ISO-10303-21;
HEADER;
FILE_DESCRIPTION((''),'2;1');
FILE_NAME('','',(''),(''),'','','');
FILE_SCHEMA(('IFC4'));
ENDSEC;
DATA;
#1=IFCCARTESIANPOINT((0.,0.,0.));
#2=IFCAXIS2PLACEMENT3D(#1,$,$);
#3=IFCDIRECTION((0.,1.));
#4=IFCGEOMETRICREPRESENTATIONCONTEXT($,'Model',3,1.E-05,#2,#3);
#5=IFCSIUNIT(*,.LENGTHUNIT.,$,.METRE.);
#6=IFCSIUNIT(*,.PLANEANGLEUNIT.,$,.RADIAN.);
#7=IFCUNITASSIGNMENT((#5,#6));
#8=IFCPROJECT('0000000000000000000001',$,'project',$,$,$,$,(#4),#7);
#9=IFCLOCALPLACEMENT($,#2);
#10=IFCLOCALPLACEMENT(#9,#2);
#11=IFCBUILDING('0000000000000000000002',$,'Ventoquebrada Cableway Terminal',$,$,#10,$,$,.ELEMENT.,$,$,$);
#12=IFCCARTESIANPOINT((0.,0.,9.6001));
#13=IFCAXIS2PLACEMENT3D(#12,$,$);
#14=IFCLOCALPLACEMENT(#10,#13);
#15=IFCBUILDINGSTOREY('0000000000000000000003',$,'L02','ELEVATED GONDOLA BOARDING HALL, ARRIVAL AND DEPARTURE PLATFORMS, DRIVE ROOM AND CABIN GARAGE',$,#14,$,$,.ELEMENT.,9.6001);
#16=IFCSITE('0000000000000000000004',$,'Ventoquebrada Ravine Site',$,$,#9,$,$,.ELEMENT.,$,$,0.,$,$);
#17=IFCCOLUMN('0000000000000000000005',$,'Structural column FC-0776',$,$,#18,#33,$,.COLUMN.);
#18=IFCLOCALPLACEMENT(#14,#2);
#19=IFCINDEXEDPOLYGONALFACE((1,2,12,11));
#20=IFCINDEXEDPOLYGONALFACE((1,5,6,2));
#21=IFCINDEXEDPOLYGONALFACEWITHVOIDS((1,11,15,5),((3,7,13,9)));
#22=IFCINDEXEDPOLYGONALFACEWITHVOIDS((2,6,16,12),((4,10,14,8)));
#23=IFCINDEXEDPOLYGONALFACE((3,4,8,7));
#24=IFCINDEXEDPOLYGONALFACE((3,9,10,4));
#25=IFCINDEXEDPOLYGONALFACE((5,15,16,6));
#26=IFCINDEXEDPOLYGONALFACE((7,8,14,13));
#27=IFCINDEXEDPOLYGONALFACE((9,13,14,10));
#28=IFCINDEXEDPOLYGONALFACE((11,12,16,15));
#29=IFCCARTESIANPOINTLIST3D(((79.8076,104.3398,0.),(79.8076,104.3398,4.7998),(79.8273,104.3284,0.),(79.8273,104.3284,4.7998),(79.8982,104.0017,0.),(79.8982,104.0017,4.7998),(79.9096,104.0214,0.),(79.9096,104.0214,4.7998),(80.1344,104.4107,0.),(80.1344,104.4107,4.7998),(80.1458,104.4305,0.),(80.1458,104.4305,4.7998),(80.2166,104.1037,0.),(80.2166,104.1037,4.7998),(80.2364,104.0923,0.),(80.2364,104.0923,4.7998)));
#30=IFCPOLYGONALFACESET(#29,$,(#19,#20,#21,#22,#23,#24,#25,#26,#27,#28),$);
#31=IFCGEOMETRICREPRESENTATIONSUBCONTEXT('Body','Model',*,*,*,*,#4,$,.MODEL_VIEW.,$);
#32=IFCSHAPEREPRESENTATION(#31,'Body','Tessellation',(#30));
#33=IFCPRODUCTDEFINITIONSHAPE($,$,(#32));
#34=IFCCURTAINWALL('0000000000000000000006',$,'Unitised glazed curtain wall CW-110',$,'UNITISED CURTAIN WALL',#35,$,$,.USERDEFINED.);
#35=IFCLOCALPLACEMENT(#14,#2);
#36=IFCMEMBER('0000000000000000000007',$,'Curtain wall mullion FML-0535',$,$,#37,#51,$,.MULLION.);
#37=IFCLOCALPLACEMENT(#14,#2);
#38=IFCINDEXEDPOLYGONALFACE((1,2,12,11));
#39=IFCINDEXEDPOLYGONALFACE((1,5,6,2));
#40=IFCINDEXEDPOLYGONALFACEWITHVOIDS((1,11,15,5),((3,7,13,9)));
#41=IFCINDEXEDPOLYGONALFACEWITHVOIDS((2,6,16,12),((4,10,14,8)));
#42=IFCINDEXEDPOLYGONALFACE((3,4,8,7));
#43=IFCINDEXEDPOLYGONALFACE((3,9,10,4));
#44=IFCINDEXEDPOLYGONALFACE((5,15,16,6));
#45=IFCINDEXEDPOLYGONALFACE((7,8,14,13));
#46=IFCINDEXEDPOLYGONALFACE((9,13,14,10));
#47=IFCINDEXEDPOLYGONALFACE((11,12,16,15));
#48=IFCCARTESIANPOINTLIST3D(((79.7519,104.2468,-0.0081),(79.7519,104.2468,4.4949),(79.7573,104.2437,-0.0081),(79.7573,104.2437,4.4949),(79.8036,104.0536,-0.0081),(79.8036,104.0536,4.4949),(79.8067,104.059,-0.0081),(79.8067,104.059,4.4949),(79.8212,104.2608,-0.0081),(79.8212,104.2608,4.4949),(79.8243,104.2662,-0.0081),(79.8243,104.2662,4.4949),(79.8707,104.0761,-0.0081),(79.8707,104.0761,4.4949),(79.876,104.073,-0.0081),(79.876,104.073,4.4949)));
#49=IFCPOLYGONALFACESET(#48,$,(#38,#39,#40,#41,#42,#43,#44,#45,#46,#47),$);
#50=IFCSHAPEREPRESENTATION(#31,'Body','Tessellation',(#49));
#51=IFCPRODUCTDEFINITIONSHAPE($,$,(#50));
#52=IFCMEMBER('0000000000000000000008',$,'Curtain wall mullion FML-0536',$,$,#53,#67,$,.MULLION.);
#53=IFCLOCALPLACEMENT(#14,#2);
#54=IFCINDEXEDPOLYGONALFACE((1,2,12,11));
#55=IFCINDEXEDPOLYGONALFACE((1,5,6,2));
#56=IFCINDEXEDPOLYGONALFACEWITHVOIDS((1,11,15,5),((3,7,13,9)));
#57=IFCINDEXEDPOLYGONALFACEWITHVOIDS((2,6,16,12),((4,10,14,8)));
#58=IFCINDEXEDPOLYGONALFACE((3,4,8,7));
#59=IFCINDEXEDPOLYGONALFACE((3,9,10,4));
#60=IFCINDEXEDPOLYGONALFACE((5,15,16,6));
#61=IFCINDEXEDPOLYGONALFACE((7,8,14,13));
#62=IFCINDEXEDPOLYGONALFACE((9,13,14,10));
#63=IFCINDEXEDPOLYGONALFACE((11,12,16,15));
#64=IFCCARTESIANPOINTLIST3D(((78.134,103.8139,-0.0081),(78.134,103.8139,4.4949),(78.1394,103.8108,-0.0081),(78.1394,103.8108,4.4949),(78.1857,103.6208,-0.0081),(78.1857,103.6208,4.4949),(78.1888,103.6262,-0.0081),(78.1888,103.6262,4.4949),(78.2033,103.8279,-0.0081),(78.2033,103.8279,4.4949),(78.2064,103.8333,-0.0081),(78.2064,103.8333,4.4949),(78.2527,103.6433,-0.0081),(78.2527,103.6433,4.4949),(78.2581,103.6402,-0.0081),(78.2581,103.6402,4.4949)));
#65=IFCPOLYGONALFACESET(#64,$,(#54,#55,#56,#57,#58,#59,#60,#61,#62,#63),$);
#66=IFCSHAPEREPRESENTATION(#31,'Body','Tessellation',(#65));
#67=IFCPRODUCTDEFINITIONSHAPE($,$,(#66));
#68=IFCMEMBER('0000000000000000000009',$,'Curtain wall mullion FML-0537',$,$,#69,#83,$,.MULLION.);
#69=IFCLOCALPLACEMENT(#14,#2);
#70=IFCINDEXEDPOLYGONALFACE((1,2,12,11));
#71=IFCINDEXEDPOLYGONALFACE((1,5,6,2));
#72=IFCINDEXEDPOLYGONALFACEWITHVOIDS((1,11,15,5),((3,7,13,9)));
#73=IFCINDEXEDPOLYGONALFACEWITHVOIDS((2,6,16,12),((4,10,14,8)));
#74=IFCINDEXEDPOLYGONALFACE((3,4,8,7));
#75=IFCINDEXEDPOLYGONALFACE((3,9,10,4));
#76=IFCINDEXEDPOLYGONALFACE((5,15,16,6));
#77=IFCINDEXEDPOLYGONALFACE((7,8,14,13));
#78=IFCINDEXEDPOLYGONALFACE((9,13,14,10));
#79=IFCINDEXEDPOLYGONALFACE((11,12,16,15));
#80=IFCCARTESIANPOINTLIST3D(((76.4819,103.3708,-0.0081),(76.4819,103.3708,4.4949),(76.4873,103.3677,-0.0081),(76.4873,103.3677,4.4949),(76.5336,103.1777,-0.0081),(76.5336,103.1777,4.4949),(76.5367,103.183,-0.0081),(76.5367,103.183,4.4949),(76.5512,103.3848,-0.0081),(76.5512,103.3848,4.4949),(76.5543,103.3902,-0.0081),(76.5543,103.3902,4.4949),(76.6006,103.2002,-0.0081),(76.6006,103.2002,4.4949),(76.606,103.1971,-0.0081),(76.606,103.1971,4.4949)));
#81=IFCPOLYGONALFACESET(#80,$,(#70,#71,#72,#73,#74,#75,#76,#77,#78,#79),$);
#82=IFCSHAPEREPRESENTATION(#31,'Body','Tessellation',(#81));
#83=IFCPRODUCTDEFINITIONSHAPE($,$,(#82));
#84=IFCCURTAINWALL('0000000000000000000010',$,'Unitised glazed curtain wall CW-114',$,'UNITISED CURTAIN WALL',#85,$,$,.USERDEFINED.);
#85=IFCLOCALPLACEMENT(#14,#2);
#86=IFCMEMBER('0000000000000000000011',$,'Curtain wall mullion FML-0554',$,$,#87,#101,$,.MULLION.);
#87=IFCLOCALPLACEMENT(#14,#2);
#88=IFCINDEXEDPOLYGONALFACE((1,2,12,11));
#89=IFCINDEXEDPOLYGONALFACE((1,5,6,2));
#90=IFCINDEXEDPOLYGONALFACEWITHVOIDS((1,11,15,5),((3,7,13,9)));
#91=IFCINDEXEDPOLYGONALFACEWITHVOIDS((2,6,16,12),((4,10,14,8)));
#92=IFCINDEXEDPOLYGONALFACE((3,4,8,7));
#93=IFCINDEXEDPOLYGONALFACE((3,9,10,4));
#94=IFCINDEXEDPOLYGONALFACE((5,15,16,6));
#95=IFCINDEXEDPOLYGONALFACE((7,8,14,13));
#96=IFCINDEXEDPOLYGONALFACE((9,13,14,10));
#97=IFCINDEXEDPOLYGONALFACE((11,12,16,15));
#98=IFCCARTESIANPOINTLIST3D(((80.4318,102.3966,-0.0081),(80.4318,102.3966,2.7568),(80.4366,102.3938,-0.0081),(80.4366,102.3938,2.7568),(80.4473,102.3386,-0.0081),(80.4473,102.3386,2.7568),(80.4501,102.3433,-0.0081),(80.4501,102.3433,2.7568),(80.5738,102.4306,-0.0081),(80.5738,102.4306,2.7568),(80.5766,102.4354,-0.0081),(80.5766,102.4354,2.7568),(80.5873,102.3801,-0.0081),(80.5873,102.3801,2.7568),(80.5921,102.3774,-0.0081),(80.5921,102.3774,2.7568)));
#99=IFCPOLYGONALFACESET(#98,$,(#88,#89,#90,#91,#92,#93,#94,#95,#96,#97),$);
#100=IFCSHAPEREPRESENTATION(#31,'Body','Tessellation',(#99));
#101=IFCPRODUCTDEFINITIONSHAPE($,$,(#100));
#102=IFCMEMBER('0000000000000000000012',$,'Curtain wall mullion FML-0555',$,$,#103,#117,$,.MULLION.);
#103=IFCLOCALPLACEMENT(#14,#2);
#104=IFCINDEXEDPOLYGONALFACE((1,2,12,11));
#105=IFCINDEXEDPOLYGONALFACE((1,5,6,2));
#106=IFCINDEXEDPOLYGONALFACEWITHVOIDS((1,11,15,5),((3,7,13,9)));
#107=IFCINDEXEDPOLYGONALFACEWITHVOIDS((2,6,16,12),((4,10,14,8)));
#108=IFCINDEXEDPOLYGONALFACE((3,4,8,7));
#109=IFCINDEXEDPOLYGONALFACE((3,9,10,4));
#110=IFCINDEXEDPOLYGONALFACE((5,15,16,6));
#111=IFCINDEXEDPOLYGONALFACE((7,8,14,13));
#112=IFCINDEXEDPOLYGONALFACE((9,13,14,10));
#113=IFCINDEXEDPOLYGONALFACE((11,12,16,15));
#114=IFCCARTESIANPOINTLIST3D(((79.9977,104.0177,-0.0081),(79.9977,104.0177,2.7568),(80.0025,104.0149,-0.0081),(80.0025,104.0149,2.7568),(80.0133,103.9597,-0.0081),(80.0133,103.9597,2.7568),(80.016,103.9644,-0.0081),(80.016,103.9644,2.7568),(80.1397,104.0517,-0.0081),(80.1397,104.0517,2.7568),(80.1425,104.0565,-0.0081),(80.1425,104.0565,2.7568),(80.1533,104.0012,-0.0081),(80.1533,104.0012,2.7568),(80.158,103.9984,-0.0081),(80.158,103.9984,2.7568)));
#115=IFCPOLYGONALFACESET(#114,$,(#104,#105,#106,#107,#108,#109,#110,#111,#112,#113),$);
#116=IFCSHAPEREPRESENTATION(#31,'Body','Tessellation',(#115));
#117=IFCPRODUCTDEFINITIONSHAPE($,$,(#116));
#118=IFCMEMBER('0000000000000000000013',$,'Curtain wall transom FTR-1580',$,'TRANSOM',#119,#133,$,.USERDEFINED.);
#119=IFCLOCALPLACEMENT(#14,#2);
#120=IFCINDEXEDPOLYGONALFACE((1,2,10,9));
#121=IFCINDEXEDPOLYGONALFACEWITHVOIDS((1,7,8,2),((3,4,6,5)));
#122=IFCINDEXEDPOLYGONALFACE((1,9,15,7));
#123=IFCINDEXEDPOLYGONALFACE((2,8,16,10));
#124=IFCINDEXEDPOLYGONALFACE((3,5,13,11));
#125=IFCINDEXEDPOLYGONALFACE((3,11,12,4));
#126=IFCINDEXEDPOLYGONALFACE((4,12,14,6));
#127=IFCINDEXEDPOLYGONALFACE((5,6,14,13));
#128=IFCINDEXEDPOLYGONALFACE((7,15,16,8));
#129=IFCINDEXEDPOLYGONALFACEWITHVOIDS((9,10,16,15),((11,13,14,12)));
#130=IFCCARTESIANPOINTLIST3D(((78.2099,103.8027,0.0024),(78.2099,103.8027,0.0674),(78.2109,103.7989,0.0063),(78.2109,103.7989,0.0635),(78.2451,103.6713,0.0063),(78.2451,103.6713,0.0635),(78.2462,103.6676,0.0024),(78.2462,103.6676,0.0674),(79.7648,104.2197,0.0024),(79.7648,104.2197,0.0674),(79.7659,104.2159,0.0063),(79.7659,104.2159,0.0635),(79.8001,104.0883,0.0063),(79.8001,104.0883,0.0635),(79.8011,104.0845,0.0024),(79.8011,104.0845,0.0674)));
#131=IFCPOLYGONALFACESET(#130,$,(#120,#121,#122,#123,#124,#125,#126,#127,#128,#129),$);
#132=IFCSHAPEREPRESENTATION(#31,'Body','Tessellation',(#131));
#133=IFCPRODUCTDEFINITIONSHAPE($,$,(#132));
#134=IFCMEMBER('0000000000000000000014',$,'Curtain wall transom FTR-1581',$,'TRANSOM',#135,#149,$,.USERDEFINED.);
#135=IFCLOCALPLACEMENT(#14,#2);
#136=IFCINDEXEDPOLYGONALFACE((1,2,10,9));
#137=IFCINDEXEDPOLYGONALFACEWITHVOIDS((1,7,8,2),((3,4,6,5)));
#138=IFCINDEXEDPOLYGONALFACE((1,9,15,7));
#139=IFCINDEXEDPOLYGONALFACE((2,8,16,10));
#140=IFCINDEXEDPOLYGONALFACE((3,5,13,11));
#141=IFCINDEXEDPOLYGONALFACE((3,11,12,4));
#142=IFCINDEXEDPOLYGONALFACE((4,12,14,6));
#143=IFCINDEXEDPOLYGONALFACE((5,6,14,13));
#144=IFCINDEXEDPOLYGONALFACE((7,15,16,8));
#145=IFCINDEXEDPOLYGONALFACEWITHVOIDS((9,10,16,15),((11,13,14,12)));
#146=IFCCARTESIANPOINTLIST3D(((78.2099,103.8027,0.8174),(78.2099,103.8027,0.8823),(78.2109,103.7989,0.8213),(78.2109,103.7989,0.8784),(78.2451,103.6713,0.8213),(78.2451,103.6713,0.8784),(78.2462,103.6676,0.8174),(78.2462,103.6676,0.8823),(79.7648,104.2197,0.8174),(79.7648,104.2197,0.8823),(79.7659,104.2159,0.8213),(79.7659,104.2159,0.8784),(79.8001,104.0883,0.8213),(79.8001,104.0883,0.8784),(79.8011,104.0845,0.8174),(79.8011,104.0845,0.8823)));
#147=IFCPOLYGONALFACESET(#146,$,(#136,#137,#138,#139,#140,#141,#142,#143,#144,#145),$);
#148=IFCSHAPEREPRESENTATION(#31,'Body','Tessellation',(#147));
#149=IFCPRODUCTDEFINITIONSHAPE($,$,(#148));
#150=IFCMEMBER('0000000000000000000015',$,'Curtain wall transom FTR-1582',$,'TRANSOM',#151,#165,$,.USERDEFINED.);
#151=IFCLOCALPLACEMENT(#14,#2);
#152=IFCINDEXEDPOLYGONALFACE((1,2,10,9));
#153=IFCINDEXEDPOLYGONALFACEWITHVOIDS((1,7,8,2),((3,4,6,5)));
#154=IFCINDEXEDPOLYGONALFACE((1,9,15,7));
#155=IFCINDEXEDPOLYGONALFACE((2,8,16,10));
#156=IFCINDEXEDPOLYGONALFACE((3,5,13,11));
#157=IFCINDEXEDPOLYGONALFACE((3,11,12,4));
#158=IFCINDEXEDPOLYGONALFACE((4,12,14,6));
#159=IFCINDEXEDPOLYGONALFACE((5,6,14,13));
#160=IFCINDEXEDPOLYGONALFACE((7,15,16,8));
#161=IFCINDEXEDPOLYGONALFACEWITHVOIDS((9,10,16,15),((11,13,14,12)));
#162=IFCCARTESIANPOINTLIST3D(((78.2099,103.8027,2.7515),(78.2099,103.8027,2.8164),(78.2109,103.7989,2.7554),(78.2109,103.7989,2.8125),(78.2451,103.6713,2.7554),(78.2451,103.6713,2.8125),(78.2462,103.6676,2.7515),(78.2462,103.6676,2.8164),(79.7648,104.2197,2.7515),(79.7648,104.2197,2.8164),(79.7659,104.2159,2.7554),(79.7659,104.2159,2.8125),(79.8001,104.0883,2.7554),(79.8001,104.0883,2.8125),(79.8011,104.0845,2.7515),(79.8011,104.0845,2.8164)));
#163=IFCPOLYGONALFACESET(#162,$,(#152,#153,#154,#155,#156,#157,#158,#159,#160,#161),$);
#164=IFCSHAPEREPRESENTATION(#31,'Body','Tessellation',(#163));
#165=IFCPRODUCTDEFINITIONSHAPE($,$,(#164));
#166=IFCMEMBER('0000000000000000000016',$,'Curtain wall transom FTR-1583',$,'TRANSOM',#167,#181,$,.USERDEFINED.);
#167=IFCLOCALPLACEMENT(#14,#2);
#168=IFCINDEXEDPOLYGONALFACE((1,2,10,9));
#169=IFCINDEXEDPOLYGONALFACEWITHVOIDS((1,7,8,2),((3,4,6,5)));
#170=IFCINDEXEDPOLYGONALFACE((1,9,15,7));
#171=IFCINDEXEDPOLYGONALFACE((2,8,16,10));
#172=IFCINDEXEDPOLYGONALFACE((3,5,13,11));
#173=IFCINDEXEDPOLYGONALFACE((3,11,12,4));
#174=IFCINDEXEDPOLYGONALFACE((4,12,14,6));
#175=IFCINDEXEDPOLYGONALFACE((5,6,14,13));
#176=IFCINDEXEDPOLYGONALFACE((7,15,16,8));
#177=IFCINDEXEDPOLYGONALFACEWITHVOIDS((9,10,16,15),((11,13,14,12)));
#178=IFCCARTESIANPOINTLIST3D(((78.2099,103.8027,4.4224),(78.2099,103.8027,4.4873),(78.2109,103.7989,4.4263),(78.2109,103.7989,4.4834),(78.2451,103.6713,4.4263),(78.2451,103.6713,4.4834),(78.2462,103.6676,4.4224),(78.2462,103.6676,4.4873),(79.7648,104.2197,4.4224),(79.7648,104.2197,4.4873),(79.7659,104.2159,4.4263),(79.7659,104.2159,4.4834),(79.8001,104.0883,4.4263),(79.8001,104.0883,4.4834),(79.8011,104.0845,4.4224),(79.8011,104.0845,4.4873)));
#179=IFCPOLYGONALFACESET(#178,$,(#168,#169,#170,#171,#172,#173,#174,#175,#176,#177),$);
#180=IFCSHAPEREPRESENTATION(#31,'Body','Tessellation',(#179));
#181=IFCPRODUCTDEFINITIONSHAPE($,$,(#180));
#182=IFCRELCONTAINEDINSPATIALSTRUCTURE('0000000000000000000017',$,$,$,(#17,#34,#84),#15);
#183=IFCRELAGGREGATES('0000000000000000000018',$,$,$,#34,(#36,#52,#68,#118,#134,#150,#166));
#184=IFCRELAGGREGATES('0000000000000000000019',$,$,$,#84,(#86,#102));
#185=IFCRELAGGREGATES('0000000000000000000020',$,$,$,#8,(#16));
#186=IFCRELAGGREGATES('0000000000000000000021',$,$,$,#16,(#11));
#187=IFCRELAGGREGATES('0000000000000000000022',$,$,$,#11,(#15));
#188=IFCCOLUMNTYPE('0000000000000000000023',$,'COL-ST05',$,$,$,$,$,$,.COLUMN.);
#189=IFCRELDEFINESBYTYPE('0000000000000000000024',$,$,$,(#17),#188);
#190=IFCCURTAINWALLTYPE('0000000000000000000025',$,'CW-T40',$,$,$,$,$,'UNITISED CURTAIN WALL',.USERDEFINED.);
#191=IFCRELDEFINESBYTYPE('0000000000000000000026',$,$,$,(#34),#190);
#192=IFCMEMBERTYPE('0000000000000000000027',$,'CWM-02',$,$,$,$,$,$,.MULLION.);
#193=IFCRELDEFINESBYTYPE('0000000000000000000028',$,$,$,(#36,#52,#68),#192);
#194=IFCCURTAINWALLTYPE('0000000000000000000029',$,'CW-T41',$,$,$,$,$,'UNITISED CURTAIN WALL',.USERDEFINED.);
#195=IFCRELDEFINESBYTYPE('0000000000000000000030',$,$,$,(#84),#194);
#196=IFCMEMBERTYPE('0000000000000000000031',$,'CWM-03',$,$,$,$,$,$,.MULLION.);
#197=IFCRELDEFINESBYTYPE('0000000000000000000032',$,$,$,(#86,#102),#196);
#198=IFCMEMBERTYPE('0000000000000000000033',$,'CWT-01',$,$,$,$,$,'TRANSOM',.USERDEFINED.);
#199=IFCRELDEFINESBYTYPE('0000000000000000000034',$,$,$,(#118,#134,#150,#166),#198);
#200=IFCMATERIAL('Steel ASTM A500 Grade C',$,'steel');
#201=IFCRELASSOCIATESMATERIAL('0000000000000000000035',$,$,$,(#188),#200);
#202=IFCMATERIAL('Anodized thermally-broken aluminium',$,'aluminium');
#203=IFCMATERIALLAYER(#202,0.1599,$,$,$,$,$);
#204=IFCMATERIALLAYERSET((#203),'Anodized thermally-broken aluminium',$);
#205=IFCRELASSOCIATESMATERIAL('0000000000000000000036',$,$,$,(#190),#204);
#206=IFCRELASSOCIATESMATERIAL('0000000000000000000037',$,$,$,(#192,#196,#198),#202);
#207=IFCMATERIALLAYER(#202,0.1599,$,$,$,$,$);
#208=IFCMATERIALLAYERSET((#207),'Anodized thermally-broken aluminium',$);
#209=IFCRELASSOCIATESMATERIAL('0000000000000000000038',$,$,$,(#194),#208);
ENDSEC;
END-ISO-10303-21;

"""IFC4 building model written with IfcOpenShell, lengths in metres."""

from ifc_helpers import new_model, si_unit, direction, frame, origin, origin_2d, place, context, subcontext, project, spatial, hollow_rectangle, extrude, material, layer, layer_set, material_profile, profile_set, type_object, element, aggregate, save


model = new_model("IFC4")

# Units and contexts
model_context = context("Model", 3, precision=1e-05, world=origin(), true_north=direction((0.0, 1.0)))
body_context = subcontext(model_context, "Body", "Model", "MODEL_VIEW")
ifc_project = project(units=[si_unit("LENGTHUNIT", "METRE"), si_unit("PLANEANGLEUNIT", "RADIAN")], contexts=[model_context])

# Site, building, storey
site_placement = place(None, origin())
site = spatial("IfcSite", under=ifc_project, at=site_placement, Name="Ventoquebrada Ravine Site", CompositionType="ELEMENT", RefElevation=0.0)
building_placement = place(site_placement, origin())
building = spatial("IfcBuilding", under=site, at=building_placement, Name="Ventoquebrada Cableway Terminal", CompositionType="ELEMENT")
storey_placement = place(building_placement, frame((0.0, 0.0, 9.6001)))
storey = spatial("IfcBuildingStorey", under=building, at=storey_placement, Name="L02", Description="ELEVATED GONDOLA BOARDING HALL, ARRIVAL AND DEPARTURE PLATFORMS, DRIVE ROOM AND CABIN GARAGE", CompositionType="ELEMENT", Elevation=9.6001)

# Column
ifc_material_1 = material(Name="Steel ASTM A500 Grade C", Category="steel")
ifc_material_profile_1 = material_profile(ifc_material_1, hollow_rectangle(XDim=0.3501, YDim=0.3501, WallThickness=0.0161, at=origin_2d()), Name="HSS350X350X16")
ifc_profile_set_1 = profile_set([ifc_material_profile_1], Name="Steel ASTM A500 Grade C")
column_type = type_object("IfcColumnType", Name="COL-ST05", PredefinedType="COLUMN", material=ifc_profile_set_1)
column_placement = place(storey_placement, frame((80.022, 104.2161, 0.0), z_axis=(0.0, 0.0, 1.0), x_axis=(0.965926, 0.258819, 0.0)))
element("IfcColumn", 1, at=column_placement, inside=storey, type_object=column_type, Name="Structural column FC-0776", PredefinedType="COLUMN", context=body_context, shape_type="SweptSolid", body=[
    extrude(hollow_rectangle(XDim=0.3501, YDim=0.3501, WallThickness=0.0161, at=origin_2d()), origin(), (0.0, 0.0, 1.0), 4.7998),
])

# Curtain walls, members
ifc_material_2 = material(Name="Anodized thermally-broken aluminium", Category="aluminium")
ifc_layer_1 = layer(ifc_material_2, 0.1599)
ifc_layer_set_1 = layer_set([ifc_layer_1], Name="Anodized thermally-broken aluminium")
curtain_wall_type_1 = type_object("IfcCurtainWallType", Name="CW-T40", ElementType="UNITISED CURTAIN WALL", PredefinedType="USERDEFINED", material=ifc_layer_set_1)
curtain_wall_1_placement = place(storey_placement, origin())
curtain_wall_1 = element("IfcCurtainWall", 2, at=curtain_wall_1_placement, inside=storey, type_object=curtain_wall_type_1, Name="Unitised glazed curtain wall CW-110", ObjectType="UNITISED CURTAIN WALL", PredefinedType="USERDEFINED")
ifc_material_profile_2 = material_profile(ifc_material_2, hollow_rectangle(XDim=0.075, YDim=0.2, WallThickness=0.0044, at=origin_2d()), Name="CW-MUL-75X200")
ifc_profile_set_2 = profile_set([ifc_material_profile_2], Name="Anodized thermally-broken aluminium")
member_type_1 = type_object("IfcMemberType", Name="CWM-02", PredefinedType="MULLION", material=ifc_profile_set_2)
member_1_placement = place(storey_placement, frame((79.814, 104.1599, -0.0081), z_axis=(0.0, 0.0, 1.0), x_axis=(-0.965939, -0.258768, 0.0)))
member_1 = element("IfcMember", 3, at=member_1_placement, type_object=member_type_1, Name="Curtain wall mullion FML-0535", PredefinedType="MULLION", context=body_context, shape_type="SweptSolid", body=[
    extrude(hollow_rectangle(XDim=0.075, YDim=0.2, WallThickness=0.0044, at=origin_2d()), origin(), (0.0, 0.0, 1.0), 4.5029),
])
member_2_placement = place(storey_placement, frame((78.196, 103.7271, -0.0081), z_axis=(0.0, 0.0, 1.0), x_axis=(-0.965939, -0.258768, 0.0)))
member_2 = element("IfcMember", 4, at=member_2_placement, type_object=member_type_1, Name="Curtain wall mullion FML-0536", PredefinedType="MULLION", context=body_context, shape_type="SweptSolid", body=[
    extrude(hollow_rectangle(XDim=0.075, YDim=0.2, WallThickness=0.0044, at=origin_2d()), origin(), (0.0, 0.0, 1.0), 4.5029),
])
member_3_placement = place(storey_placement, frame((76.5439, 103.2839, -0.0081), z_axis=(0.0, 0.0, 1.0), x_axis=(-0.965939, -0.258768, 0.0)))
member_3 = element("IfcMember", 5, at=member_3_placement, type_object=member_type_1, Name="Curtain wall mullion FML-0537", PredefinedType="MULLION", context=body_context, shape_type="SweptSolid", body=[
    extrude(hollow_rectangle(XDim=0.075, YDim=0.2, WallThickness=0.0044, at=origin_2d()), origin(), (0.0, 0.0, 1.0), 4.5029),
])
ifc_layer_2 = layer(ifc_material_2, 0.1599)
ifc_layer_set_2 = layer_set([ifc_layer_2], Name="Anodized thermally-broken aluminium")
curtain_wall_type_2 = type_object("IfcCurtainWallType", Name="CW-T41", ElementType="UNITISED CURTAIN WALL", PredefinedType="USERDEFINED", material=ifc_layer_set_2)
curtain_wall_2_placement = place(storey_placement, origin())
curtain_wall_2 = element("IfcCurtainWall", 6, at=curtain_wall_2_placement, inside=storey, type_object=curtain_wall_type_2, Name="Unitised glazed curtain wall CW-114", ObjectType="UNITISED CURTAIN WALL", PredefinedType="USERDEFINED")
ifc_material_profile_3 = material_profile(ifc_material_2, hollow_rectangle(XDim=0.0601, YDim=0.1499, WallThickness=0.0039, at=origin_2d()), Name="CW-MUL-60X150")
ifc_profile_set_3 = profile_set([ifc_material_profile_3], Name="Anodized thermally-broken aluminium")
member_type_2 = type_object("IfcMemberType", Name="CWM-03", PredefinedType="MULLION", material=ifc_profile_set_3)
member_4_placement = place(storey_placement, frame((80.512, 102.387, -0.0081), z_axis=(0.0, 0.0, 1.0), x_axis=(-0.258752, 0.965944, 0.0)))
member_4 = element("IfcMember", 7, at=member_4_placement, type_object=member_type_2, Name="Curtain wall mullion FML-0554", PredefinedType="MULLION", context=body_context, shape_type="SweptSolid", body=[
    extrude(hollow_rectangle(XDim=0.0601, YDim=0.1499, WallThickness=0.0039, at=origin_2d()), origin(), (0.0, 0.0, 1.0), 2.7649),
])
member_5_placement = place(storey_placement, frame((80.0779, 104.0081, -0.0081), z_axis=(0.0, 0.0, 1.0), x_axis=(-0.258752, 0.965944, 0.0)))
member_5 = element("IfcMember", 8, at=member_5_placement, type_object=member_type_2, Name="Curtain wall mullion FML-0555", PredefinedType="MULLION", context=body_context, shape_type="SweptSolid", body=[
    extrude(hollow_rectangle(XDim=0.0601, YDim=0.1499, WallThickness=0.0039, at=origin_2d()), origin(), (0.0, 0.0, 1.0), 2.7649),
])

# Members
ifc_material_profile_4 = material_profile(ifc_material_2, hollow_rectangle(XDim=0.0649, YDim=0.1399, WallThickness=0.0039, at=origin_2d()), Name="CW-TRN-65X140")
ifc_profile_set_4 = profile_set([ifc_material_profile_4], Name="Anodized thermally-broken aluminium")
member_type_3 = type_object("IfcMemberType", Name="CWT-01", ElementType="TRANSOM", PredefinedType="USERDEFINED", material=ifc_profile_set_4)
member_6_placement = place(storey_placement, frame((79.783, 104.1521, 0.0349), z_axis=(-0.965872, -0.259022, 0.0), x_axis=(0.0, 0.0, 1.0)))
member_6 = element("IfcMember", 9, at=member_6_placement, type_object=member_type_3, Name="Curtain wall transom FTR-1580", ObjectType="TRANSOM", PredefinedType="USERDEFINED", context=body_context, shape_type="SweptSolid", body=[
    extrude(hollow_rectangle(XDim=0.0649, YDim=0.1399, WallThickness=0.0039, at=origin_2d()), origin(), (0.0, 0.0, 1.0), 1.6099),
])
member_7_placement = place(storey_placement, frame((79.783, 104.1521, 0.8499), z_axis=(-0.965872, -0.259022, 0.0), x_axis=(0.0, 0.0, 1.0)))
member_7 = element("IfcMember", 10, at=member_7_placement, type_object=member_type_3, Name="Curtain wall transom FTR-1581", ObjectType="TRANSOM", PredefinedType="USERDEFINED", context=body_context, shape_type="SweptSolid", body=[
    extrude(hollow_rectangle(XDim=0.0649, YDim=0.1399, WallThickness=0.0039, at=origin_2d()), origin(), (0.0, 0.0, 1.0), 1.6099),
])
member_8_placement = place(storey_placement, frame((79.783, 104.1521, 2.7839), z_axis=(-0.965872, -0.259022, 0.0), x_axis=(0.0, 0.0, 1.0)))
member_8 = element("IfcMember", 11, at=member_8_placement, type_object=member_type_3, Name="Curtain wall transom FTR-1582", ObjectType="TRANSOM", PredefinedType="USERDEFINED", context=body_context, shape_type="SweptSolid", body=[
    extrude(hollow_rectangle(XDim=0.0649, YDim=0.1399, WallThickness=0.0039, at=origin_2d()), origin(), (0.0, 0.0, 1.0), 1.6099),
])
member_9_placement = place(storey_placement, frame((79.783, 104.1521, 4.4548), z_axis=(-0.965872, -0.259022, 0.0), x_axis=(0.0, 0.0, 1.0)))
member_9 = element("IfcMember", 12, at=member_9_placement, type_object=member_type_3, Name="Curtain wall transom FTR-1583", ObjectType="TRANSOM", PredefinedType="USERDEFINED", context=body_context, shape_type="SweptSolid", body=[
    extrude(hollow_rectangle(XDim=0.0649, YDim=0.1399, WallThickness=0.0039, at=origin_2d()), origin(), (0.0, 0.0, 1.0), 1.6099),
])

aggregate(curtain_wall_1, [member_1, member_2, member_3, member_6, member_7, member_8, member_9])
aggregate(curtain_wall_2, [member_4, member_5])

save(model, "model.ifc")
